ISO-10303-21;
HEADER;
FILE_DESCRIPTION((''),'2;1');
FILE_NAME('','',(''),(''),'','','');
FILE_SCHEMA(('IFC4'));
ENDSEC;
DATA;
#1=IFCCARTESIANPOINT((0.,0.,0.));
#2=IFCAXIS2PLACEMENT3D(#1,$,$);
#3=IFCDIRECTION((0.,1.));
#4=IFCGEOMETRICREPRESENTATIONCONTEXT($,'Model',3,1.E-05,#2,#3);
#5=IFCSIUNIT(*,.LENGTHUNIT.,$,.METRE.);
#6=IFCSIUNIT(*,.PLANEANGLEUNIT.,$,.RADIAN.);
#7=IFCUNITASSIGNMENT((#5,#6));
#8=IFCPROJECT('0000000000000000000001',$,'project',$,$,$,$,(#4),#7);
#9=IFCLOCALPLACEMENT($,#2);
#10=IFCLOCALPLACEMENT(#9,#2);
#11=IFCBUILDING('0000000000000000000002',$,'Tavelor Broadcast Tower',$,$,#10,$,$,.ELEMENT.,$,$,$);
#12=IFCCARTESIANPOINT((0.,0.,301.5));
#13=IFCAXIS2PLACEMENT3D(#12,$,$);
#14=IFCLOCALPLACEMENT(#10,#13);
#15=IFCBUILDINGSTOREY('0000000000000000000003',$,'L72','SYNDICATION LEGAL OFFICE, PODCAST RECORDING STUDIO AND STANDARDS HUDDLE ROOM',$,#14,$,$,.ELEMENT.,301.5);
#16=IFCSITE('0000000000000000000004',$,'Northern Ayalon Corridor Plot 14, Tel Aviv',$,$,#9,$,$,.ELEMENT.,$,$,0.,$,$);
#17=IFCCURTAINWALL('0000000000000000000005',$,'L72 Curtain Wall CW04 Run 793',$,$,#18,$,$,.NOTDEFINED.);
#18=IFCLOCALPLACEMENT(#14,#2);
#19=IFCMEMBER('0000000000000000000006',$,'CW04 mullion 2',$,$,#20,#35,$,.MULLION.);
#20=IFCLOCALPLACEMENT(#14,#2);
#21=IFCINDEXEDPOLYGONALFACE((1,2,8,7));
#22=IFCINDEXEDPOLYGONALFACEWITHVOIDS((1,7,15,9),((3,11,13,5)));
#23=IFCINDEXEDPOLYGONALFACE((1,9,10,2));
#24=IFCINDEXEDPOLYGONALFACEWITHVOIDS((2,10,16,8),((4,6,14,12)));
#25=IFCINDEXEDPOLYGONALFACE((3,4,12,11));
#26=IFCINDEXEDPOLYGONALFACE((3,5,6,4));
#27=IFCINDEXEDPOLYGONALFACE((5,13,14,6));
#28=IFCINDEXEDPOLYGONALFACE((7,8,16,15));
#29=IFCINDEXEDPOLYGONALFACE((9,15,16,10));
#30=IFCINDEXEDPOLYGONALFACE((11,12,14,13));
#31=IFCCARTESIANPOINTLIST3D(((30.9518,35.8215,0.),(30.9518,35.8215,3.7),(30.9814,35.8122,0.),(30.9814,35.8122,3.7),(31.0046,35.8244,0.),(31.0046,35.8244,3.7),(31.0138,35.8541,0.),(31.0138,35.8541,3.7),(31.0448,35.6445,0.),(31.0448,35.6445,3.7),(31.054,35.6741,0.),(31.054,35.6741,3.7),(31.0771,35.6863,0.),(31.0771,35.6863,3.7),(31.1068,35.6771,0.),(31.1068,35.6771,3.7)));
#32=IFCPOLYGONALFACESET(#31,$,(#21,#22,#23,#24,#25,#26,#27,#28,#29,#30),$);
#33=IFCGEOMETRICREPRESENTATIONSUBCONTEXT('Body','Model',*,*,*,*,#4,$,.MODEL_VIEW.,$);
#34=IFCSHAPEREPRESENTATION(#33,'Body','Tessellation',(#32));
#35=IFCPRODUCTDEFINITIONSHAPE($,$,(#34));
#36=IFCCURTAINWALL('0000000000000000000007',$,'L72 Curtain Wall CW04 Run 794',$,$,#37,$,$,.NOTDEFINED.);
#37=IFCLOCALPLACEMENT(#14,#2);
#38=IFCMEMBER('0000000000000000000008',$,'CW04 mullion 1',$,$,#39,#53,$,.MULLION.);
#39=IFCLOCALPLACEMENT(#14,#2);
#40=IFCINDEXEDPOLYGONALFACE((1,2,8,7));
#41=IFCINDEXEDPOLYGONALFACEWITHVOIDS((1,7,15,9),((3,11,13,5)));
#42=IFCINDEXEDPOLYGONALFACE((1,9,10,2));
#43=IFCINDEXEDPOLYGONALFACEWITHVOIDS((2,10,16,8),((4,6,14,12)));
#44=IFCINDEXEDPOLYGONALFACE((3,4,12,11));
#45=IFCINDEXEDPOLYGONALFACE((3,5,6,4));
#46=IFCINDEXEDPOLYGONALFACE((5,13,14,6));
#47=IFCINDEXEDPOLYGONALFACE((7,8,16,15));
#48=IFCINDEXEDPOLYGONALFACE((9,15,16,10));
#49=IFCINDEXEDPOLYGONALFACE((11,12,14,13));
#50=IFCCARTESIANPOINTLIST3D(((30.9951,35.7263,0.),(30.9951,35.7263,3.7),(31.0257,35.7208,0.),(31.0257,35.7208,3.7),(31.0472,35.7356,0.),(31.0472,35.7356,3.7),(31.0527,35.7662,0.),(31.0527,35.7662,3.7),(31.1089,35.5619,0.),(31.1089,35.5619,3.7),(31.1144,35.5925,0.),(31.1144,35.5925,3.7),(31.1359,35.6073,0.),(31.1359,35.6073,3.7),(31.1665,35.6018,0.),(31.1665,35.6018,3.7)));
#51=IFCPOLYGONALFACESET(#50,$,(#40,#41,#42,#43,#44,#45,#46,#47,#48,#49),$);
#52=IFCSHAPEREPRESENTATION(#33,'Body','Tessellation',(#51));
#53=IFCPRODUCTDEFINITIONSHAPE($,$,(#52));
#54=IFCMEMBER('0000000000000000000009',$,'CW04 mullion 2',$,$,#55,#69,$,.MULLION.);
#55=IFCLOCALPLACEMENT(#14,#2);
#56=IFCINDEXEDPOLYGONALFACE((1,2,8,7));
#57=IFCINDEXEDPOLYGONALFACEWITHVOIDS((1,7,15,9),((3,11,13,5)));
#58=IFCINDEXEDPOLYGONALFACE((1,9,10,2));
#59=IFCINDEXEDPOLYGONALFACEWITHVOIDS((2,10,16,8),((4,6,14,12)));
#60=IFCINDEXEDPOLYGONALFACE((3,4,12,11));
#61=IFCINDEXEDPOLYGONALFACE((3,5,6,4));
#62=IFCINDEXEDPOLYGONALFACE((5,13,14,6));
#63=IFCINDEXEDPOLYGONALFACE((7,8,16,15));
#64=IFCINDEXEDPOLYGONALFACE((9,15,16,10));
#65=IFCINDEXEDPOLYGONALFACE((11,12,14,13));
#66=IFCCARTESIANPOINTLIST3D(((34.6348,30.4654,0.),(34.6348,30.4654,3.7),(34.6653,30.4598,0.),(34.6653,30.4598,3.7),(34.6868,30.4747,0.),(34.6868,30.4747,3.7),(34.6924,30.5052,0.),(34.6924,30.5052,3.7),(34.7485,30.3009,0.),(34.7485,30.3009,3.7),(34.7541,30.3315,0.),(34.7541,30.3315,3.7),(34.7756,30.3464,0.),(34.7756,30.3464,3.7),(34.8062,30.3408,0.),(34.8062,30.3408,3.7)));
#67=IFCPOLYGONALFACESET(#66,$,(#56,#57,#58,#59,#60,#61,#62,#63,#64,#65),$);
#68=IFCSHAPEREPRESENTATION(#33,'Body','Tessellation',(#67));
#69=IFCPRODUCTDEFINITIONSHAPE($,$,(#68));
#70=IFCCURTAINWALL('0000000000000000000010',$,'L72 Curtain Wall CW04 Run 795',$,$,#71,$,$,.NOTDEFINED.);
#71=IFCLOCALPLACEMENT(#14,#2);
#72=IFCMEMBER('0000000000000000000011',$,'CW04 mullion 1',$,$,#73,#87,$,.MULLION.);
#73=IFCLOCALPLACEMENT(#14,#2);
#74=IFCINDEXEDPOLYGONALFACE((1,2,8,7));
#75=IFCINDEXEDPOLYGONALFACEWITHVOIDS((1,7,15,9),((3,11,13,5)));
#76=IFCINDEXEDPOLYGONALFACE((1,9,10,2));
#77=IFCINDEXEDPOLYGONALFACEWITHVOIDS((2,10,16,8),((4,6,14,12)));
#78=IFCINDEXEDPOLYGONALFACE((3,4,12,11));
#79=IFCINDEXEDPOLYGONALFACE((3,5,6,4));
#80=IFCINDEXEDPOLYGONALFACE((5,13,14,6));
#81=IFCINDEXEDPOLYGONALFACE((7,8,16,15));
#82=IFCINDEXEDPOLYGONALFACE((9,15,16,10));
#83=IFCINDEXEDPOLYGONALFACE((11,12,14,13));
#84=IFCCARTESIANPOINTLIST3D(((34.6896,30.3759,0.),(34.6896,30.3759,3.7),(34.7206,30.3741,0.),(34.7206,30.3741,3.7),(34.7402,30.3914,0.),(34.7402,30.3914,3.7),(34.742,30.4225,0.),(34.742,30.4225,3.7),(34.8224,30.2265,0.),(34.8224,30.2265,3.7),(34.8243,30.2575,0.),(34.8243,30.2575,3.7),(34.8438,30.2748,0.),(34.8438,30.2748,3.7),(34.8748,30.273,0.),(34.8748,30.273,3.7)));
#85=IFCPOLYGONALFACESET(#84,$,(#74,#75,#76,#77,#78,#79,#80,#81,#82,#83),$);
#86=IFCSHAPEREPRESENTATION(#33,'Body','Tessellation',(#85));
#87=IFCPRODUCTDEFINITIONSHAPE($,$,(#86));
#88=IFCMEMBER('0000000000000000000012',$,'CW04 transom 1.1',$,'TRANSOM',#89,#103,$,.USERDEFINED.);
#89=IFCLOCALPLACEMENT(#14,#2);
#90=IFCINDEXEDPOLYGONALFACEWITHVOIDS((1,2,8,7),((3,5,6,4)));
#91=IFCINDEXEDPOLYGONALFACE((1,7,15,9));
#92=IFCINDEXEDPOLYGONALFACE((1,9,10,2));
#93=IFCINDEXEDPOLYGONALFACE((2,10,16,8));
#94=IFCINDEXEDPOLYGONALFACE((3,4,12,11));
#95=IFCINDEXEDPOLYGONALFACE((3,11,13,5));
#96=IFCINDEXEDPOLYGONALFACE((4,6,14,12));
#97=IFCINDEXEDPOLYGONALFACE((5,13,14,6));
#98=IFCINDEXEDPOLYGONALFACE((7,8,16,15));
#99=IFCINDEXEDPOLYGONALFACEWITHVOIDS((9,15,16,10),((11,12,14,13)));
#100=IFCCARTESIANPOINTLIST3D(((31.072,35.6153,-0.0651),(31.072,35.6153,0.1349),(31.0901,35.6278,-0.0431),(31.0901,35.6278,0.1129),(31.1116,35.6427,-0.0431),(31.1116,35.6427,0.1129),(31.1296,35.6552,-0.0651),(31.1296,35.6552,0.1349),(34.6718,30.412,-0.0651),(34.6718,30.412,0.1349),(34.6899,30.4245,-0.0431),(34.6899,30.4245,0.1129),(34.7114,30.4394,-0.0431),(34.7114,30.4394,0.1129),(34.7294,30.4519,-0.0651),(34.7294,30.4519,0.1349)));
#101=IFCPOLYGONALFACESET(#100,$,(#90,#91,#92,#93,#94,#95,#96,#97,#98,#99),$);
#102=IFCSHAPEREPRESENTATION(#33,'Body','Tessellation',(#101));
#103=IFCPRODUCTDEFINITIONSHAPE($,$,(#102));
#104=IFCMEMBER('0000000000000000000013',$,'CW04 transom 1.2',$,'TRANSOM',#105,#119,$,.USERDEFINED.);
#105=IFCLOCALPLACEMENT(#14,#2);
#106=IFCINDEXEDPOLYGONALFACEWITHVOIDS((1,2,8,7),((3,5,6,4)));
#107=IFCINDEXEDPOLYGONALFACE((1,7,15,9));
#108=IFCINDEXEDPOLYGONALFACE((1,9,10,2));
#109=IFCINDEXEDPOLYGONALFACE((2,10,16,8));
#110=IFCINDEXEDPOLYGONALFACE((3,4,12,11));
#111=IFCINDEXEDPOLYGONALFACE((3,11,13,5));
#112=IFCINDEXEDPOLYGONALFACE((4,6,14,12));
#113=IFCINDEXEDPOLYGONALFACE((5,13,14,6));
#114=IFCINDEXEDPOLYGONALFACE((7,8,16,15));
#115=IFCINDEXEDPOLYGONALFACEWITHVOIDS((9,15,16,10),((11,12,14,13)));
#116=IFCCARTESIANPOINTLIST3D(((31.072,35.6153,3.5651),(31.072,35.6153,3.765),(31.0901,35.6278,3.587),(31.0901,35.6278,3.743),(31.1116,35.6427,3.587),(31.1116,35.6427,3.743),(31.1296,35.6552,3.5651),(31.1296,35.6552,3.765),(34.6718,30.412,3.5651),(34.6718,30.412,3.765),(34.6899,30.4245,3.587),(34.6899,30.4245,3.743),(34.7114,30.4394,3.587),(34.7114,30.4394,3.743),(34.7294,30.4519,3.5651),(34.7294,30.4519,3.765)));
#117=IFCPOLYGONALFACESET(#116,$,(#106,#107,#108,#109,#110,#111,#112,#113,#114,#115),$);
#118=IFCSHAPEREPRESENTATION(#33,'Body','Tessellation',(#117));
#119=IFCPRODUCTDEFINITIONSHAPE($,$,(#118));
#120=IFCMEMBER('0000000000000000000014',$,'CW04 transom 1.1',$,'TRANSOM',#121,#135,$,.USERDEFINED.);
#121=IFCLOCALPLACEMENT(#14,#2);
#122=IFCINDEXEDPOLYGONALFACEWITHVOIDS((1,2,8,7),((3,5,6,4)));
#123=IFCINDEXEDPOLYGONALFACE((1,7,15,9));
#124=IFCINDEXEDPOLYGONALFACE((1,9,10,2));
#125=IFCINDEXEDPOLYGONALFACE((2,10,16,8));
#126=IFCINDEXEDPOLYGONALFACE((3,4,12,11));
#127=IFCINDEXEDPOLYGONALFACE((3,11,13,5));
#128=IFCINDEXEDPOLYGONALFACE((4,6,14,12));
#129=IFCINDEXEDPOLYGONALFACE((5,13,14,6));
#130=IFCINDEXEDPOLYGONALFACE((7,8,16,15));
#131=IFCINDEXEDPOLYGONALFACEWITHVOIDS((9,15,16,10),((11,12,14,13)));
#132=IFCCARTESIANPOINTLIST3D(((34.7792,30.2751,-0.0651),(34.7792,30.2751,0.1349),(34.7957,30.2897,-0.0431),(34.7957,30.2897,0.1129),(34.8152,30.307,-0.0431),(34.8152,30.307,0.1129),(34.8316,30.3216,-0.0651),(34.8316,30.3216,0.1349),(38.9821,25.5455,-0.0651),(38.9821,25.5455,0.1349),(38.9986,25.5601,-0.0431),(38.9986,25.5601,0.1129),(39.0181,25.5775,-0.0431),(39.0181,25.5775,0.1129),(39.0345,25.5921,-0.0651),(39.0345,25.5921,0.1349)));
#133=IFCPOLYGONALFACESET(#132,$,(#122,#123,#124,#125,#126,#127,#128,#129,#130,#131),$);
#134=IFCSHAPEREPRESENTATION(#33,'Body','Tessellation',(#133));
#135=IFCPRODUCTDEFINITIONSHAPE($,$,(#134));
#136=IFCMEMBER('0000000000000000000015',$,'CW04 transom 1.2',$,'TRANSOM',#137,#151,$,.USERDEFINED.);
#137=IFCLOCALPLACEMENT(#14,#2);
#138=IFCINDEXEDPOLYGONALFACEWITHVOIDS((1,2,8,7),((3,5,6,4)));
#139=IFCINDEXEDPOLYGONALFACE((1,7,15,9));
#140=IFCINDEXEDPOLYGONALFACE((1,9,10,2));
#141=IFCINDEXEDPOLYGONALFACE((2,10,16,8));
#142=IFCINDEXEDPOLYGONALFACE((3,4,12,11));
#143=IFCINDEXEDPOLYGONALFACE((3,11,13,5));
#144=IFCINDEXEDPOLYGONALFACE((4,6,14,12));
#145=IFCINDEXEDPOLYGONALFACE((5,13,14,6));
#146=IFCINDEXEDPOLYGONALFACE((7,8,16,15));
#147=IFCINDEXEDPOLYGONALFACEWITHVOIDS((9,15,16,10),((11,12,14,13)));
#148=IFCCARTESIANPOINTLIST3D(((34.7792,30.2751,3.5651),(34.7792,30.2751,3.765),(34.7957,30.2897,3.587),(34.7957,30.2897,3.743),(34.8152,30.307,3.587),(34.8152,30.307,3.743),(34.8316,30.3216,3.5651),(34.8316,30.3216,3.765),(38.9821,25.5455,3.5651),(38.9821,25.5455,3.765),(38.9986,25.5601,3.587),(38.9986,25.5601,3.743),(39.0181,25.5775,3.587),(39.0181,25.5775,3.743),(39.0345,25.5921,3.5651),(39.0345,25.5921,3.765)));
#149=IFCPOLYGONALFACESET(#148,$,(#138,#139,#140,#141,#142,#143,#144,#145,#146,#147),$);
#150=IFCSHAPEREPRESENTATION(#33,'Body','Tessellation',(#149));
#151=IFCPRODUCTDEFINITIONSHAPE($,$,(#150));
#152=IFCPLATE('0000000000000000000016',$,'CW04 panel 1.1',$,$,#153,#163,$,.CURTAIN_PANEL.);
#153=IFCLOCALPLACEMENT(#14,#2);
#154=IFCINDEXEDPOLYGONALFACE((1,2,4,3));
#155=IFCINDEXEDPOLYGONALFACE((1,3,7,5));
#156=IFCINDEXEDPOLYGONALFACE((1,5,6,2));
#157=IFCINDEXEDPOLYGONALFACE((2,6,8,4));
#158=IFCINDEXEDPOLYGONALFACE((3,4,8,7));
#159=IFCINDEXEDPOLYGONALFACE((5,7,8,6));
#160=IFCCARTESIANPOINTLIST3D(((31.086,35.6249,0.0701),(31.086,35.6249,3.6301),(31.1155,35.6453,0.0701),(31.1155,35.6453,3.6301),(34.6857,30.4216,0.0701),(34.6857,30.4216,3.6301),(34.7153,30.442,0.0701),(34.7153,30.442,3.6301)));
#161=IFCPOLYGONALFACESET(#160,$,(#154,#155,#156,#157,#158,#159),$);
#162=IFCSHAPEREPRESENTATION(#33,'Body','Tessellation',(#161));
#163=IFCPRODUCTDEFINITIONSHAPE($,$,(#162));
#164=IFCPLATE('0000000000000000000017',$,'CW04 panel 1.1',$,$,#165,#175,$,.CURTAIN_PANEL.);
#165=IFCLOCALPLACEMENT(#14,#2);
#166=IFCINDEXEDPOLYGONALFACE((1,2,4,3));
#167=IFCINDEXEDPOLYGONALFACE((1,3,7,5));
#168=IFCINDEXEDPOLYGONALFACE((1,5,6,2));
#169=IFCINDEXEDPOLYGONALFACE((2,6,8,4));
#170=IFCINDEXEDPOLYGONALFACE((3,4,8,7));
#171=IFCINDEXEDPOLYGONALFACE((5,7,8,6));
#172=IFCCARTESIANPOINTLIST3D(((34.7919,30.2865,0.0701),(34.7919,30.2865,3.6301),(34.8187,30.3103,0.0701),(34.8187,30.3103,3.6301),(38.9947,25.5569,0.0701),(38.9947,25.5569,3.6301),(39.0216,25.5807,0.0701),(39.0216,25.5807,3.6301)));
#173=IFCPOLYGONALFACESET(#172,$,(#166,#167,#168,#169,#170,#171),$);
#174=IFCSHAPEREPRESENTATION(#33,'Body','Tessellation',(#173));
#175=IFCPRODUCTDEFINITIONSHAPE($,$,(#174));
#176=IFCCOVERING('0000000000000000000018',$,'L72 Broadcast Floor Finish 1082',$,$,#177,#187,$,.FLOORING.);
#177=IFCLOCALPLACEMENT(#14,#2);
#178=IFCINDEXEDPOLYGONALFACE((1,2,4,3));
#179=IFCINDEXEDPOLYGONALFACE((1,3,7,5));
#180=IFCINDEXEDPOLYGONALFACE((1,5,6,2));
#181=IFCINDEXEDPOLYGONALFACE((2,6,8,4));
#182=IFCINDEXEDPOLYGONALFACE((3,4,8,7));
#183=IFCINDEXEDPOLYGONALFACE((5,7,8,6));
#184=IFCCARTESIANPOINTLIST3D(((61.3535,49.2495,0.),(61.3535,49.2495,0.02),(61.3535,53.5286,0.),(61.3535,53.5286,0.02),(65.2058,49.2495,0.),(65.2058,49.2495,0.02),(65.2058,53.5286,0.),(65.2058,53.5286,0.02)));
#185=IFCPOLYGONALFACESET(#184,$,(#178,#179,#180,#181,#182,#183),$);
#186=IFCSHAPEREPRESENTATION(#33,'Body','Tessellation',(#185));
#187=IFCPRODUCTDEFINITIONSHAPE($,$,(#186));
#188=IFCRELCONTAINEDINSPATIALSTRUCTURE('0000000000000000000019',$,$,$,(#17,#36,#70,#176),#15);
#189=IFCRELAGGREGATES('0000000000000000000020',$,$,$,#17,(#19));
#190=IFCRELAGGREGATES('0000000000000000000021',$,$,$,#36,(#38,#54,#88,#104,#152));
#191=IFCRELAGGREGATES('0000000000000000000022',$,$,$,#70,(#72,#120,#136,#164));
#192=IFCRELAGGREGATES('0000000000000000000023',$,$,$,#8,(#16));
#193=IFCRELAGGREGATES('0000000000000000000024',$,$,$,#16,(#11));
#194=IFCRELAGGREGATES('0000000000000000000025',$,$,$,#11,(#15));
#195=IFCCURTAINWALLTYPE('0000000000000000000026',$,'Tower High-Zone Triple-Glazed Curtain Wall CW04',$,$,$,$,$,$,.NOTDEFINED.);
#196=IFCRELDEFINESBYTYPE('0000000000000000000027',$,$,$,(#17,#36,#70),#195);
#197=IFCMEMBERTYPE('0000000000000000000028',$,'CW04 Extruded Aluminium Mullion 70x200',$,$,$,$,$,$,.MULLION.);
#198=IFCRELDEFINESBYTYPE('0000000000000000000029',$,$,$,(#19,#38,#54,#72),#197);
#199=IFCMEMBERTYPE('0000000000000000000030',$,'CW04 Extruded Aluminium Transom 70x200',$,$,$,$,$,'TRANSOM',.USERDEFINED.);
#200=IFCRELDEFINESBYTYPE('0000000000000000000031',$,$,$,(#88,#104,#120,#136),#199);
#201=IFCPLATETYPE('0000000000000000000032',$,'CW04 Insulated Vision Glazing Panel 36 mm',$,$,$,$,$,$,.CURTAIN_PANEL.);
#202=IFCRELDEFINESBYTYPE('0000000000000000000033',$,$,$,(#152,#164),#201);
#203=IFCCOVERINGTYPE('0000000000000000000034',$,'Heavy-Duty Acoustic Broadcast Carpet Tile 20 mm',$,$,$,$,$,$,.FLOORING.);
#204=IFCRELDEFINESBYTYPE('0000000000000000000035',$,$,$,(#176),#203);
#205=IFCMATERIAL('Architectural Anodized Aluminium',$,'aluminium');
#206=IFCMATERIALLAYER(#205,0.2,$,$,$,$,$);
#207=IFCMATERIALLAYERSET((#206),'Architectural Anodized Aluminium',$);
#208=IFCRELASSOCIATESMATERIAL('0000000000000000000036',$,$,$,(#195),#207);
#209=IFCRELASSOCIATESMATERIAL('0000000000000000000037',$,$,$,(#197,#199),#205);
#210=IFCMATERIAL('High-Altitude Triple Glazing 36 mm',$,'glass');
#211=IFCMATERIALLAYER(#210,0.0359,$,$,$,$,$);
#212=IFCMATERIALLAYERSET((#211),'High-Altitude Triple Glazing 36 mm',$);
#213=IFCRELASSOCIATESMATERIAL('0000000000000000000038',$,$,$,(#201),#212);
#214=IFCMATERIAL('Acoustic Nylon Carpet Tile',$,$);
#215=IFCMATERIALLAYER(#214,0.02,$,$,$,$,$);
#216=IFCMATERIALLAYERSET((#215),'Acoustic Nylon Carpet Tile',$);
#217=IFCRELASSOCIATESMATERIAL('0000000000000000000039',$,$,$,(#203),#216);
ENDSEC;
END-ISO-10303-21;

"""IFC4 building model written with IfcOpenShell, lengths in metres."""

from ifc_helpers import new_model, si_unit, direction, frame, origin, origin_2d, place, context, subcontext, project, spatial, polyline, rectangle, hollow_rectangle, outline, extrude, source, transform, mapped, material, layer, layer_set, material_profile, profile_set, type_object, type_shapes, element, aggregate, save


model = new_model("IFC4")

# Units and contexts
model_context = context("Model", 3, precision=1e-05, world=origin(), true_north=direction((0.0, 1.0)))
body_context = subcontext(model_context, "Body", "Model", "MODEL_VIEW")
ifc_project = project(units=[si_unit("LENGTHUNIT", "METRE"), si_unit("PLANEANGLEUNIT", "RADIAN")], contexts=[model_context])

# Site, building, storey
site_placement = place(None, origin())
site = spatial("IfcSite", under=ifc_project, at=site_placement, Name="Northern Ayalon Corridor Plot 14, Tel Aviv", CompositionType="ELEMENT", RefElevation=0.0)
building_placement = place(site_placement, origin())
building = spatial("IfcBuilding", under=site, at=building_placement, Name="Tavelor Broadcast Tower", CompositionType="ELEMENT")
storey_placement = place(building_placement, frame((0.0, 0.0, 301.5)))
storey = spatial("IfcBuildingStorey", under=building, at=storey_placement, Name="L72", Description="SYNDICATION LEGAL OFFICE, PODCAST RECORDING STUDIO AND STANDARDS HUDDLE ROOM", CompositionType="ELEMENT", Elevation=301.5)

# Curtain wall, member
ifc_material_1 = material(Name="Architectural Anodized Aluminium", Category="aluminium")
ifc_layer_1 = layer(ifc_material_1, 0.2)
ifc_layer_set_1 = layer_set([ifc_layer_1], Name="Architectural Anodized Aluminium")
curtain_wall_type = type_object("IfcCurtainWallType", Name="Tower High-Zone Triple-Glazed Curtain Wall CW04", PredefinedType="NOTDEFINED", material=ifc_layer_set_1)
curtain_wall_1_placement = place(storey_placement, origin())
curtain_wall_1 = element("IfcCurtainWall", 1, at=curtain_wall_1_placement, inside=storey, type_object=curtain_wall_type, Name="L72 Curtain Wall CW04 Run 793", PredefinedType="NOTDEFINED")
ifc_material_profile_1 = material_profile(ifc_material_1, hollow_rectangle(XDim=0.0701, YDim=0.2, WallThickness=0.022, at=origin_2d()), Name="RHS 70x200x22")
ifc_profile_set_1 = profile_set([ifc_material_profile_1], Name="Architectural Anodized Aluminium")
member_type_1 = type_object("IfcMemberType", Name="CW04 Extruded Aluminium Mullion 70x200", PredefinedType="MULLION", material=ifc_profile_set_1)
shared_shape_1 = source(origin(), body_context, "Body", "SweptSolid", [
    extrude(hollow_rectangle(XDim=0.0701, YDim=0.2, WallThickness=0.022, at=origin_2d()), origin(), (0.0, 0.0, 1.0), 3.7),
])
type_shapes(member_type_1, [shared_shape_1])
member_1_placement = place(storey_placement, frame((31.0293, 35.7493, 0.0), z_axis=(0.0, 0.0, 1.0), x_axis=(0.885195, 0.465221, 0.0)))
member_1 = element("IfcMember", 2, at=member_1_placement, type_object=member_type_1, Name="CW04 mullion 2", PredefinedType="MULLION", context=body_context, shape_type="MappedRepresentation", body=[
    mapped(shared_shape_1, transform((0.0, 0.0, 0.0), scale=1.0)),
])
aggregate(curtain_wall_1, [member_1])

# Curtain wall, members
curtain_wall_2_placement = place(storey_placement, origin())
curtain_wall_2 = element("IfcCurtainWall", 3, at=curtain_wall_2_placement, inside=storey, type_object=curtain_wall_type, Name="L72 Curtain Wall CW04 Run 794", PredefinedType="NOTDEFINED")
member_2_placement = place(storey_placement, frame((31.0808, 35.6641, 0.0), z_axis=(0.0, 0.0, 1.0), x_axis=(0.822383, 0.568934, 0.0)))
member_2 = element("IfcMember", 4, at=member_2_placement, type_object=member_type_1, Name="CW04 mullion 1", PredefinedType="MULLION", context=body_context, shape_type="MappedRepresentation", body=[
    mapped(shared_shape_1, transform((0.0, 0.0, 0.0), scale=1.0)),
])
member_3_placement = place(storey_placement, frame((34.7205, 30.4031, 0.0), z_axis=(0.0, 0.0, 1.0), x_axis=(0.822383, 0.568934, 0.0)))
member_3 = element("IfcMember", 5, at=member_3_placement, type_object=member_type_1, Name="CW04 mullion 2", PredefinedType="MULLION", context=body_context, shape_type="MappedRepresentation", body=[
    mapped(shared_shape_1, transform((0.0, 0.0, 0.0), scale=1.0)),
])

# Curtain wall, member
curtain_wall_3_placement = place(storey_placement, origin())
curtain_wall_3 = element("IfcCurtainWall", 6, at=curtain_wall_3_placement, inside=storey, type_object=curtain_wall_type, Name="L72 Curtain Wall CW04 Run 795", PredefinedType="NOTDEFINED")
member_4_placement = place(storey_placement, frame((34.7822, 30.3245, 0.0), z_axis=(0.0, 0.0, 1.0), x_axis=(0.747507, 0.664254, 0.0)))
member_4 = element("IfcMember", 7, at=member_4_placement, type_object=member_type_1, Name="CW04 mullion 1", PredefinedType="MULLION", context=body_context, shape_type="MappedRepresentation", body=[
    mapped(shared_shape_1, transform((0.0, 0.0, 0.0), scale=1.0)),
])

# Members
ifc_material_profile_2 = material_profile(ifc_material_1, hollow_rectangle(XDim=0.0701, YDim=0.2, WallThickness=0.022, at=origin_2d()), Name="RHS 70x200x22")
ifc_profile_set_2 = profile_set([ifc_material_profile_2], Name="Architectural Anodized Aluminium")
member_type_2 = type_object("IfcMemberType", Name="CW04 Extruded Aluminium Transom 70x200", ElementType="TRANSOM", PredefinedType="USERDEFINED", material=ifc_profile_set_2)
shared_shape_2 = source(origin(), body_context, "Body", "SweptSolid", [
    extrude(hollow_rectangle(XDim=0.0701, YDim=0.2, WallThickness=0.022, at=origin_2d()), origin(), (0.0, 0.0, 1.0), 6.3271),
])
type_shapes(member_type_2, [shared_shape_2])
member_5_placement = place(storey_placement, frame((31.1008, 35.6353, 0.0349), z_axis=(0.568945, -0.822376, 0.0), x_axis=(0.822376, 0.568945, 0.0)))
member_5 = element("IfcMember", 8, at=member_5_placement, type_object=member_type_2, Name="CW04 transom 1.1", ObjectType="TRANSOM", PredefinedType="USERDEFINED", context=body_context, shape_type="MappedRepresentation", body=[
    mapped(shared_shape_2, transform((0.0, 0.0, 0.0), scale=1.0)),
])
member_6_placement = place(storey_placement, frame((31.1008, 35.6353, 3.665), z_axis=(0.568945, -0.822376, 0.0), x_axis=(0.822376, 0.568945, 0.0)))
member_6 = element("IfcMember", 9, at=member_6_placement, type_object=member_type_2, Name="CW04 transom 1.2", ObjectType="TRANSOM", PredefinedType="USERDEFINED", context=body_context, shape_type="MappedRepresentation", body=[
    mapped(shared_shape_2, transform((0.0, 0.0, 0.0), scale=1.0)),
])
member_7_placement = place(storey_placement, frame((34.8054, 30.2983, 0.0349), z_axis=(0.664266, -0.747497, 0.0), x_axis=(0.747497, 0.664266, 0.0)))
member_7 = element("IfcMember", 10, at=member_7_placement, type_object=member_type_2, Name="CW04 transom 1.1", ObjectType="TRANSOM", PredefinedType="USERDEFINED", context=body_context, shape_type="MappedRepresentation", body=[
    mapped(shared_shape_2, transform((0.0, 0.0, 0.0), scale=1.0)),
])
member_8_placement = place(storey_placement, frame((34.8054, 30.2983, 3.665), z_axis=(0.664266, -0.747497, 0.0), x_axis=(0.747497, 0.664266, 0.0)))
member_8 = element("IfcMember", 11, at=member_8_placement, type_object=member_type_2, Name="CW04 transom 1.2", ObjectType="TRANSOM", PredefinedType="USERDEFINED", context=body_context, shape_type="MappedRepresentation", body=[
    mapped(shared_shape_2, transform((0.0, 0.0, 0.0), scale=1.0)),
])

# Plates
ifc_material_2 = material(Name="High-Altitude Triple Glazing 36 mm", Category="glass")
ifc_layer_2 = layer(ifc_material_2, 0.0359)
ifc_layer_set_2 = layer_set([ifc_layer_2], Name="High-Altitude Triple Glazing 36 mm")
plate_type = type_object("IfcPlateType", Name="CW04 Insulated Vision Glazing Panel 36 mm", PredefinedType="CURTAIN_PANEL", material=ifc_layer_set_2)
shared_shape_3 = source(origin(), body_context, "Body", "SweptSolid", [
    extrude(rectangle(XDim=6.3271, YDim=0.0359, at=origin_2d()), origin(), (0.0, 0.0, 1.0), 3.5601),
])
type_shapes(plate_type, [shared_shape_3])
plate_1_placement = place(storey_placement, frame((32.9006, 33.0334, 0.0701), z_axis=(0.0, 0.0, 1.0), x_axis=(0.568934, -0.822383, 0.0)))
plate_1 = element("IfcPlate", 12, at=plate_1_placement, type_object=plate_type, Name="CW04 panel 1.1", PredefinedType="CURTAIN_PANEL", context=body_context, shape_type="MappedRepresentation", body=[
    mapped(shared_shape_3, transform((0.0, 0.0, 0.0), scale=1.0)),
])
aggregate(curtain_wall_2, [member_2, member_3, member_5, member_6, plate_1])
plate_2_placement = place(storey_placement, frame((36.9067, 27.9336, 0.0701), z_axis=(0.0, 0.0, 1.0), x_axis=(0.664254, -0.747507, 0.0)))
plate_2 = element("IfcPlate", 13, at=plate_2_placement, type_object=plate_type, Name="CW04 panel 1.1", PredefinedType="CURTAIN_PANEL", context=body_context, shape_type="MappedRepresentation", body=[
    mapped(shared_shape_3, transform((0.0, 0.0, 0.0), scale=1.0)),
])
aggregate(curtain_wall_3, [member_4, member_7, member_8, plate_2])

# Covering
ifc_material_3 = material(Name="Acoustic Nylon Carpet Tile")
ifc_layer_3 = layer(ifc_material_3, 0.02)
ifc_layer_set_3 = layer_set([ifc_layer_3], Name="Acoustic Nylon Carpet Tile")
covering_type_1 = type_object("IfcCoveringType", Name="Heavy-Duty Acoustic Broadcast Carpet Tile 20 mm", PredefinedType="FLOORING", material=ifc_layer_set_3)
covering_1_placement = place(storey_placement, origin())
element("IfcCovering", 14, at=covering_1_placement, inside=storey, type_object=covering_type_1, Name="L72 Broadcast Floor Finish 1082", PredefinedType="FLOORING", context=body_context, shape_type="SweptSolid", body=[
    extrude(outline(polyline([(61.3535, 49.2495), (65.2058, 49.2495), (65.2058, 53.5286), (61.3535, 53.5286), (61.3535, 49.2495)])), origin(), (0.0, 0.0, 1.0), 0.02),
])

save(model, "model.ifc")
